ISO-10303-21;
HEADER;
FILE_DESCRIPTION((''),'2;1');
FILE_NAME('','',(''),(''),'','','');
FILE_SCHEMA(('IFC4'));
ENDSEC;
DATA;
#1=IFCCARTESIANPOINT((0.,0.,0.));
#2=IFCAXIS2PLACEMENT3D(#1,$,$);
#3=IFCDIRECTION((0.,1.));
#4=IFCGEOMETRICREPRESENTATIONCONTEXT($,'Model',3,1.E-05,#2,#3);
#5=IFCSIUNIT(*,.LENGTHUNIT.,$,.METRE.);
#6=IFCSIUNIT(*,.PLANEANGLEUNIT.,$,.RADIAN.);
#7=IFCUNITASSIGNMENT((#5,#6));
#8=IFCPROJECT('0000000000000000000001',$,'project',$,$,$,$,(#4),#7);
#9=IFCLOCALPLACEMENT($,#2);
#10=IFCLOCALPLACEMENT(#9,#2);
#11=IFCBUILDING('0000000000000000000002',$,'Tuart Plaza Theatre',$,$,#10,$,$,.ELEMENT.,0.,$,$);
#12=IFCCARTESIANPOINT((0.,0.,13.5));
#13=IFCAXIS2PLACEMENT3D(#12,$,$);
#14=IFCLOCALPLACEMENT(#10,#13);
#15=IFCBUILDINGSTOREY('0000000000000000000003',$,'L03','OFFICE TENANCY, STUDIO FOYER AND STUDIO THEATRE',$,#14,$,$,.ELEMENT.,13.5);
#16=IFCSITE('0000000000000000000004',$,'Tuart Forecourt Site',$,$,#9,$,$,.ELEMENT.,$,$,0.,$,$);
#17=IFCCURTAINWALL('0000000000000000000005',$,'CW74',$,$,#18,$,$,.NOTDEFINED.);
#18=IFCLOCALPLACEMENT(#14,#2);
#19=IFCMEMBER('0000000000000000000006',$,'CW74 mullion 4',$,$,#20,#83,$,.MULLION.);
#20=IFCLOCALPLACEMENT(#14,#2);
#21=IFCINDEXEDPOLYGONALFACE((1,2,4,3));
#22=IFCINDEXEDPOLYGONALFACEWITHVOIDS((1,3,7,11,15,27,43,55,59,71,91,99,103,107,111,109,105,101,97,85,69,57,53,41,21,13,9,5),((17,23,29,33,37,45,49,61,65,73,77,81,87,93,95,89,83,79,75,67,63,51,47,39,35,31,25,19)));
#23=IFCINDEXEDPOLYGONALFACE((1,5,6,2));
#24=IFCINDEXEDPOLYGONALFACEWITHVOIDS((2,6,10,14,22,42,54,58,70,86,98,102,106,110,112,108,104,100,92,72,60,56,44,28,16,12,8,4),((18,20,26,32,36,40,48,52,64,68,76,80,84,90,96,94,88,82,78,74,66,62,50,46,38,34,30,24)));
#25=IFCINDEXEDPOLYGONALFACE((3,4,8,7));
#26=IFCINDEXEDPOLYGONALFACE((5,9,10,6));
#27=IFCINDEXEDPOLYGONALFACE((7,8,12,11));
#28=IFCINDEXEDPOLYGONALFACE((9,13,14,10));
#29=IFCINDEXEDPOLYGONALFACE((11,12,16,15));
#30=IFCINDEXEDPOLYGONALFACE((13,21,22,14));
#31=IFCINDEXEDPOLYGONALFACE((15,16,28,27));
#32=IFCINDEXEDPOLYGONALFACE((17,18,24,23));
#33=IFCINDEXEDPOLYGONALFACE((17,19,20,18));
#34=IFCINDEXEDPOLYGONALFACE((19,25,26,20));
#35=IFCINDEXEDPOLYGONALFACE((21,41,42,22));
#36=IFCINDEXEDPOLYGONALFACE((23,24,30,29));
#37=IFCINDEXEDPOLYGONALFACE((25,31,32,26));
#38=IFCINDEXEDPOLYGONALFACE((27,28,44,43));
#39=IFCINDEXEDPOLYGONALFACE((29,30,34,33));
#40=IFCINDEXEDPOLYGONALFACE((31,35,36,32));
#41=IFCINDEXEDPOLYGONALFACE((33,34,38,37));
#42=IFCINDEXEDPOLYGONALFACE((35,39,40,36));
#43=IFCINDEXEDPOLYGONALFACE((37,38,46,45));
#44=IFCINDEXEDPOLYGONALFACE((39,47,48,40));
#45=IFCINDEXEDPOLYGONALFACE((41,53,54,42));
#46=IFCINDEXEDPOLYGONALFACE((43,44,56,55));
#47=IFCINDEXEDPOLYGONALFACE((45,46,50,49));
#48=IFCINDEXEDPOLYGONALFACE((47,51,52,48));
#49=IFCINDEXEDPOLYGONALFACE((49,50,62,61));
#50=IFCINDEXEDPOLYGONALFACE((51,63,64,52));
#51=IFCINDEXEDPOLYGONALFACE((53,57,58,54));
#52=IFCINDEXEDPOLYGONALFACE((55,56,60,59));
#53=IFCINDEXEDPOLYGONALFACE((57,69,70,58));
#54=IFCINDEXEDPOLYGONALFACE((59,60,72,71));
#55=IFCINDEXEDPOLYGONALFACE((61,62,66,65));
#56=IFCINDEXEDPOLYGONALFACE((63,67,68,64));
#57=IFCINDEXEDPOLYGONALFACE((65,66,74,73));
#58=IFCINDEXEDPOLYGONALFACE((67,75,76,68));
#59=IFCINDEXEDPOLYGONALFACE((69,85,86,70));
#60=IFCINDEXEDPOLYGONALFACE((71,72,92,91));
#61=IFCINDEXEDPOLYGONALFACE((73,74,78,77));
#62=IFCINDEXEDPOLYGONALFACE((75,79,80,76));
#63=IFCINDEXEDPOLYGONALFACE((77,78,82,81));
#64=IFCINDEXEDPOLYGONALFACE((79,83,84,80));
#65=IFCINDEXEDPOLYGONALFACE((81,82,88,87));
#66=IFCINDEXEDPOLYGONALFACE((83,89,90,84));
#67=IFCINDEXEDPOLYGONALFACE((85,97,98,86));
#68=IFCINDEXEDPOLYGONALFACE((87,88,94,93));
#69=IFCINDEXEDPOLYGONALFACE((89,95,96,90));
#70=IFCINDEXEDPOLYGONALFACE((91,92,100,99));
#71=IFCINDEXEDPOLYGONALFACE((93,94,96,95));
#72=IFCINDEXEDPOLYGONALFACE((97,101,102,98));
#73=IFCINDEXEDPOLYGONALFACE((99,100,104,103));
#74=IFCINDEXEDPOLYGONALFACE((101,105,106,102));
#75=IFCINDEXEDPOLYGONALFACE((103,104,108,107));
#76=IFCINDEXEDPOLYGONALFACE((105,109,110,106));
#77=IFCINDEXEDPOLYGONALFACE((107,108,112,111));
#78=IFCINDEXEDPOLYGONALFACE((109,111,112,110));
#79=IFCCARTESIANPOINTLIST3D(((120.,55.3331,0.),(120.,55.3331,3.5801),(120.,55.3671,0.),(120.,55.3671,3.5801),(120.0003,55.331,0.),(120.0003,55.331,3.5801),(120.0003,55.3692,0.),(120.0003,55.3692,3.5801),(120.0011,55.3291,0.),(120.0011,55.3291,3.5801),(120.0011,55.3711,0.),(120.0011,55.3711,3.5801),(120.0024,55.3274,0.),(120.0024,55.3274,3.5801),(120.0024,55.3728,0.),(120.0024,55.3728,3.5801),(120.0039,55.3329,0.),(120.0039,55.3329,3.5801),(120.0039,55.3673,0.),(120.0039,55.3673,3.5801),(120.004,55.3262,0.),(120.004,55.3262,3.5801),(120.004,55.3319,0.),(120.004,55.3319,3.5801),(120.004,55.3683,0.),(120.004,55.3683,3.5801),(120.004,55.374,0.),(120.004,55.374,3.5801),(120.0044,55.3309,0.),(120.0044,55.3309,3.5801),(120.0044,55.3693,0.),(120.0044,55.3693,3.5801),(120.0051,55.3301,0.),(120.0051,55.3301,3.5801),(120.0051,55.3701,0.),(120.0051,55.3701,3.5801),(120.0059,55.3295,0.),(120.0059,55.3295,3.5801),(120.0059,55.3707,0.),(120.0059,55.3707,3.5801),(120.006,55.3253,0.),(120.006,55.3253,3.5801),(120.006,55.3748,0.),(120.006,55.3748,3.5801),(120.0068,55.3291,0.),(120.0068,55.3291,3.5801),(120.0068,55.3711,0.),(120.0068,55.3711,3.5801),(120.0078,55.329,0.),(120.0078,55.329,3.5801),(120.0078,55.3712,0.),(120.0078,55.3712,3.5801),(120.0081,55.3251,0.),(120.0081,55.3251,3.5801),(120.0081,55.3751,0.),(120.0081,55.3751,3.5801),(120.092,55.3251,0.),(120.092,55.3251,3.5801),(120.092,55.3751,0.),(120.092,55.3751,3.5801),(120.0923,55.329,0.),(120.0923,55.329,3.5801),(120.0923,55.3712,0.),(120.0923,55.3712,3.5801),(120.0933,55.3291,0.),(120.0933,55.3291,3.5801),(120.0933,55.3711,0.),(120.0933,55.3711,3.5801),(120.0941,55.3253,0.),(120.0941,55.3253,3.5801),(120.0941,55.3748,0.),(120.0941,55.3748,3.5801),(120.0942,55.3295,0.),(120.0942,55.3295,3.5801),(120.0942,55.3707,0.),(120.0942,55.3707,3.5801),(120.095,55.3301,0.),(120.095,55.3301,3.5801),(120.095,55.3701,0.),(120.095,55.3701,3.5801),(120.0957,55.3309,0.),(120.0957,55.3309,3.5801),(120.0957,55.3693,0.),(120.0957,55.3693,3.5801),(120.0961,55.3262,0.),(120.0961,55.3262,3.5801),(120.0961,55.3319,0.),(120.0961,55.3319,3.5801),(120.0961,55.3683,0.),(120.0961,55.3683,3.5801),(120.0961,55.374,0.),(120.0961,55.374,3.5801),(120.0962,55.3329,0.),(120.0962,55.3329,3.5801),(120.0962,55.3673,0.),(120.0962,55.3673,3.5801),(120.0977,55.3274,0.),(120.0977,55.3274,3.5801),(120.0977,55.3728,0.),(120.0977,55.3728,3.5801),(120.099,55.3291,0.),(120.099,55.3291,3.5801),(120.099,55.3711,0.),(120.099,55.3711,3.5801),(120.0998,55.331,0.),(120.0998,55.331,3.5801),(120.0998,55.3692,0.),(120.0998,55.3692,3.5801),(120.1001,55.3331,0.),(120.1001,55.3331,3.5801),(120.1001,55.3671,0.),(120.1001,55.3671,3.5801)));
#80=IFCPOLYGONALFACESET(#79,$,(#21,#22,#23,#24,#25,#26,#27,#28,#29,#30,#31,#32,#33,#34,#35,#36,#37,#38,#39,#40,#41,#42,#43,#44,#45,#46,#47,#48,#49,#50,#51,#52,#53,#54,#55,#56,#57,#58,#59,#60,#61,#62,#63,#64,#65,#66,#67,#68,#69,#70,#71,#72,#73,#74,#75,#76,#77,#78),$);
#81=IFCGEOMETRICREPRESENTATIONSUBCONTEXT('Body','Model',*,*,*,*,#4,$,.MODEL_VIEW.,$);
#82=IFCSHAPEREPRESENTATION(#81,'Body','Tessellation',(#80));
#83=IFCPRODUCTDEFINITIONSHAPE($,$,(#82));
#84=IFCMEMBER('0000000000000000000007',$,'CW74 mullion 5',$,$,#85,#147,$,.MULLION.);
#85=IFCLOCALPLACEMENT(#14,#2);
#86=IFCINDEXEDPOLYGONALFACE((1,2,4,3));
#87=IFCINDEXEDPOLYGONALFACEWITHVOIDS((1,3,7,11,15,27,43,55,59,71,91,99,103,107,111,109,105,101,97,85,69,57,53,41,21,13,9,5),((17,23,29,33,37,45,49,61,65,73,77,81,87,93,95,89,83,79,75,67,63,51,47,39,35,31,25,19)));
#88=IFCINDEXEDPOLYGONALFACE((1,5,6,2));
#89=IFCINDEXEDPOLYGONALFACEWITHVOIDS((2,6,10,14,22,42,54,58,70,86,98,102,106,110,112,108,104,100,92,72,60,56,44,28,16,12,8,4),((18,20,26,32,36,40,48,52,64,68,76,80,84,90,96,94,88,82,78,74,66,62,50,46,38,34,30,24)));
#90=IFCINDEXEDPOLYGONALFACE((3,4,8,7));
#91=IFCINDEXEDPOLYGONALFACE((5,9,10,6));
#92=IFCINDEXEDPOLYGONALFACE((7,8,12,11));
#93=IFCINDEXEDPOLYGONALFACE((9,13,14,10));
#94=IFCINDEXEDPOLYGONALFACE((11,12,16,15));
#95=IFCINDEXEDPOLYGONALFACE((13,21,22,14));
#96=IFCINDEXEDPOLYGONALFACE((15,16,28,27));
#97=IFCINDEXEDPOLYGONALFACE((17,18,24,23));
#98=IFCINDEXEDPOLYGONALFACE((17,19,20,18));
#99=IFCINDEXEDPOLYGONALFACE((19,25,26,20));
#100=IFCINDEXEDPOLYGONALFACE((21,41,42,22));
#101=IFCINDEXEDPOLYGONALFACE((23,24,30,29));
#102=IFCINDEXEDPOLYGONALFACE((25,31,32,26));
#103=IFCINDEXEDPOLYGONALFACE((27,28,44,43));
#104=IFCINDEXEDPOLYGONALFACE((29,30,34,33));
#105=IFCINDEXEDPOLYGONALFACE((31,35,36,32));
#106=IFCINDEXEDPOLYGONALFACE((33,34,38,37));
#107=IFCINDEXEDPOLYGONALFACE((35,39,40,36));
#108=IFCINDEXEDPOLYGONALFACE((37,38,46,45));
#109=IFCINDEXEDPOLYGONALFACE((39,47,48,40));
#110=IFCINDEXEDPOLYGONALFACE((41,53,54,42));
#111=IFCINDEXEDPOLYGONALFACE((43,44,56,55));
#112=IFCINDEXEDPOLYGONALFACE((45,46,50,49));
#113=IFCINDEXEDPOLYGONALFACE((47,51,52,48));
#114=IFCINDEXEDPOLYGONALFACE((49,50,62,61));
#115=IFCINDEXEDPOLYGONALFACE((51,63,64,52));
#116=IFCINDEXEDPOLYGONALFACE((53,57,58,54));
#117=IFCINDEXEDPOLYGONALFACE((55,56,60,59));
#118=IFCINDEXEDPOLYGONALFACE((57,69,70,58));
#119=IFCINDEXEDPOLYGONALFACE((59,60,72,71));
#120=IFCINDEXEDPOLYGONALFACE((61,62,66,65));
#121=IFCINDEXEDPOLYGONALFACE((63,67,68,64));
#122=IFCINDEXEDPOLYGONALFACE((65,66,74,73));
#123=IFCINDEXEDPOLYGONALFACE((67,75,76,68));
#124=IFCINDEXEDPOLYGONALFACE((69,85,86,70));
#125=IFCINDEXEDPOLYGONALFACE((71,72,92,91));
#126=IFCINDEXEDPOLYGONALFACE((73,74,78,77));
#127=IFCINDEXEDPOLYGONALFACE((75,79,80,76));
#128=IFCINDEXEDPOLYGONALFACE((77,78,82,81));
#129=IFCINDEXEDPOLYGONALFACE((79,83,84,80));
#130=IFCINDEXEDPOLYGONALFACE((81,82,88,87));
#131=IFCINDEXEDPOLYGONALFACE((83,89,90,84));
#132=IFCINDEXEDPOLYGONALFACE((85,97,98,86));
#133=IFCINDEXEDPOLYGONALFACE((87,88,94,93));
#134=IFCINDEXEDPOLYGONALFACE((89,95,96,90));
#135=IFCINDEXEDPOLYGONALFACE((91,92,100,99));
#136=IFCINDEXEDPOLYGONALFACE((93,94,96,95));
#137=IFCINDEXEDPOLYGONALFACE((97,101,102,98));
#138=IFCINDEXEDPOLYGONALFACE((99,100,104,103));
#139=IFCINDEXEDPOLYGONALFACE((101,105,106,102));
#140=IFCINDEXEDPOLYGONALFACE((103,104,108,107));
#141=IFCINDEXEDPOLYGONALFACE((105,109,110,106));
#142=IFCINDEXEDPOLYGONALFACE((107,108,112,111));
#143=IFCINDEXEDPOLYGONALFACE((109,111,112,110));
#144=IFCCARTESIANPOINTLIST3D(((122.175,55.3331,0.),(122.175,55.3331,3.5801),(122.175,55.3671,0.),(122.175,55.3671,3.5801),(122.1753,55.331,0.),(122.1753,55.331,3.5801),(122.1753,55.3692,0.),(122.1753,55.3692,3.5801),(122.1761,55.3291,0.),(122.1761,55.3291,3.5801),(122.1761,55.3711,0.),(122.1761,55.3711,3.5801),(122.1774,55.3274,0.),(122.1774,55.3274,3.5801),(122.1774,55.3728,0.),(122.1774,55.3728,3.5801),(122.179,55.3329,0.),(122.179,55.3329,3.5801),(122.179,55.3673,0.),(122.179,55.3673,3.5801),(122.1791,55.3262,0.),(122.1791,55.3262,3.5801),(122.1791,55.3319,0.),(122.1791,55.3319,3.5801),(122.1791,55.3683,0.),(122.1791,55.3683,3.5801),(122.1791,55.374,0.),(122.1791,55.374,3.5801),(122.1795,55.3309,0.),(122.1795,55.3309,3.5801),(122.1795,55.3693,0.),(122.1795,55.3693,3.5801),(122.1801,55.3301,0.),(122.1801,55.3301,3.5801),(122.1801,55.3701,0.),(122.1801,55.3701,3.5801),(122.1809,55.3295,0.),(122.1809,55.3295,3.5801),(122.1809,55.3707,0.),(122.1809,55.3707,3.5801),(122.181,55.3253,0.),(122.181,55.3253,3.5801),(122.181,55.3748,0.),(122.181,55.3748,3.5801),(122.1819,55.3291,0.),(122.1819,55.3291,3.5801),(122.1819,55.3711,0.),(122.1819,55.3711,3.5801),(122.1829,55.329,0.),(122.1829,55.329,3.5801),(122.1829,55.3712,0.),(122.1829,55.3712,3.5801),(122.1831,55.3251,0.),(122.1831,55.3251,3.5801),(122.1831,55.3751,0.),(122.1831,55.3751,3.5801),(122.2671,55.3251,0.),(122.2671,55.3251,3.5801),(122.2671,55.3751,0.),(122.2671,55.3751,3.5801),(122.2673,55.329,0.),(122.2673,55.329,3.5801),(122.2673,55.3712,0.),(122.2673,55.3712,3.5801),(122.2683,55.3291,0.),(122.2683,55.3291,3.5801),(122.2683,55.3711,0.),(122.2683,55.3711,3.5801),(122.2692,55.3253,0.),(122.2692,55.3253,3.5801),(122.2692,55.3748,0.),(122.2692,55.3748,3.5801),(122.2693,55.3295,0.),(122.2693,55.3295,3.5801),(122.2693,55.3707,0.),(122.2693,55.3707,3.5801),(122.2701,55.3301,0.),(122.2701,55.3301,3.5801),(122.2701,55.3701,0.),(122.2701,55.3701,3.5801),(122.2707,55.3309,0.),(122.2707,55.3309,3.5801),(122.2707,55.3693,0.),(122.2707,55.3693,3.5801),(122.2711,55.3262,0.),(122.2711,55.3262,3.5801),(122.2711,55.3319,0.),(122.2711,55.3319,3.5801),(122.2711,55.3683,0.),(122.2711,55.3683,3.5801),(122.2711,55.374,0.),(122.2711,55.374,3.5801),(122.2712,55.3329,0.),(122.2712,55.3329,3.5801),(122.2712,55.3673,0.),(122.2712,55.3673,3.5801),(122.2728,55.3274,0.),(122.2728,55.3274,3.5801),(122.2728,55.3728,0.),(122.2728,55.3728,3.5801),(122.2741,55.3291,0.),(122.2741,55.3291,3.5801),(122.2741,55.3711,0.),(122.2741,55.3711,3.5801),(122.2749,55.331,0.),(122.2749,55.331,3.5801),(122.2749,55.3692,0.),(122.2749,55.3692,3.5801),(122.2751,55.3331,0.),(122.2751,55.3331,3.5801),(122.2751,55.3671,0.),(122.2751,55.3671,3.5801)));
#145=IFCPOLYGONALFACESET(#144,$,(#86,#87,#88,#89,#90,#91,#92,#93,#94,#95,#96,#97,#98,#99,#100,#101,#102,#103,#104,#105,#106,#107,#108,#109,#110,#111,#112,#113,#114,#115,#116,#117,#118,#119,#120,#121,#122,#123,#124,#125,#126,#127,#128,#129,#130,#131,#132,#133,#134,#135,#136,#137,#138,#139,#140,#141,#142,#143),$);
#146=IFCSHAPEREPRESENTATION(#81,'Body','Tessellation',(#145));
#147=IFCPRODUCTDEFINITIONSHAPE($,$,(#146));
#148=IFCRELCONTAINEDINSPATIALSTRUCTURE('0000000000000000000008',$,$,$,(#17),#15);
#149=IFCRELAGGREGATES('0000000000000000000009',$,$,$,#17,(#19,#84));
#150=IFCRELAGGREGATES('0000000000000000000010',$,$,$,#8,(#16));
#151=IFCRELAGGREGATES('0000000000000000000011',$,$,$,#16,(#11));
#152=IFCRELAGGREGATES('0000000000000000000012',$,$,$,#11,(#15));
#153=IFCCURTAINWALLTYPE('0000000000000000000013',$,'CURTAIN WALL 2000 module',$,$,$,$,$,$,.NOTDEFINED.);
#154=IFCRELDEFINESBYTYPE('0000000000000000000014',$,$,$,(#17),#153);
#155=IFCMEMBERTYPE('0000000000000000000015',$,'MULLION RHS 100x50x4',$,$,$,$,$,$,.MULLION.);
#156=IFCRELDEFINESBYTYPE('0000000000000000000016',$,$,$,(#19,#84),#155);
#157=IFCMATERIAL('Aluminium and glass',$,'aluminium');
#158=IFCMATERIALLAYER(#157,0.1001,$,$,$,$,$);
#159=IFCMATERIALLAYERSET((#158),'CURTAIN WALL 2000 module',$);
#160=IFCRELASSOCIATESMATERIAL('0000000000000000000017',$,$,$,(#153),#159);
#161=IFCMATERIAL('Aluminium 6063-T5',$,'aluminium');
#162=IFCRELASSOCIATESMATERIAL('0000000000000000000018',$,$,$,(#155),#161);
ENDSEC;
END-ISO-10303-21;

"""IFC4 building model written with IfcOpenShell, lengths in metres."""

from ifc_helpers import new_model, si_unit, direction, frame, origin, origin_2d, place, context, subcontext, project, spatial, hollow_rectangle, extrude, material, layer, layer_set, material_profile, profile_set, type_object, element, aggregate, save


model = new_model("IFC4")

# Units and contexts
model_context = context("Model", 3, precision=1e-05, world=origin(), true_north=direction((0.0, 1.0)))
body_context = subcontext(model_context, "Body", "Model", "MODEL_VIEW")
ifc_project = project(units=[si_unit("LENGTHUNIT", "METRE"), si_unit("PLANEANGLEUNIT", "RADIAN")], contexts=[model_context])

# Site, building, storey
site_placement = place(None, origin())
site = spatial("IfcSite", under=ifc_project, at=site_placement, Name="Tuart Forecourt Site", CompositionType="ELEMENT", RefElevation=0.0)
building_placement = place(site_placement, origin())
building = spatial("IfcBuilding", under=site, at=building_placement, Name="Tuart Plaza Theatre", CompositionType="ELEMENT", ElevationOfRefHeight=0.0)
storey_placement = place(building_placement, frame((0.0, 0.0, 13.5)))
storey = spatial("IfcBuildingStorey", under=building, at=storey_placement, Name="L03", Description="OFFICE TENANCY, STUDIO FOYER AND STUDIO THEATRE", CompositionType="ELEMENT", Elevation=13.5)

# Shared definitions
ifc_material_1 = material(Name="Aluminium and glass", Category="aluminium")
ifc_layer_1 = layer(ifc_material_1, 0.1001)
ifc_layer_set_1 = layer_set([ifc_layer_1], Name="CURTAIN WALL 2000 module")
curtain_wall_type = type_object("IfcCurtainWallType", Name="CURTAIN WALL 2000 module", PredefinedType="NOTDEFINED", material=ifc_layer_set_1)
ifc_material_2 = material(Name="Aluminium 6063-T5", Category="aluminium")
ifc_material_profile_1 = material_profile(ifc_material_2, hollow_rectangle(XDim=0.05, YDim=0.1001, WallThickness=0.0039, InnerFilletRadius=0.0039, OuterFilletRadius=0.0081, at=origin_2d()), Name="RHS 100x50x4")
ifc_profile_set_1 = profile_set([ifc_material_profile_1], Name="Aluminium 6063-T5")
member_type_1 = type_object("IfcMemberType", Name="MULLION RHS 100x50x4", PredefinedType="MULLION", material=ifc_profile_set_1)

# Curtain wall, members
curtain_wall_1_placement = place(storey_placement, origin())
curtain_wall_1 = element("IfcCurtainWall", 1, at=curtain_wall_1_placement, inside=storey, type_object=curtain_wall_type, Name="CW74", PredefinedType="NOTDEFINED")
member_1_placement = place(storey_placement, frame((120.05, 55.3501, 0.0), z_axis=(0.0, 0.0, 1.0), x_axis=(0.0, 1.0, 0.0)))
member_1 = element("IfcMember", 2, at=member_1_placement, type_object=member_type_1, Name="CW74 mullion 4", PredefinedType="MULLION", context=body_context, shape_type="SweptSolid", body=[
    extrude(hollow_rectangle(XDim=0.05, YDim=0.1001, WallThickness=0.0039, InnerFilletRadius=0.0039, OuterFilletRadius=0.0081, at=origin_2d()), origin(), (0.0, 0.0, 1.0), 3.5801),
])
member_2_placement = place(storey_placement, frame((122.2251, 55.3501, 0.0), z_axis=(0.0, 0.0, 1.0), x_axis=(0.0, 1.0, 0.0)))
member_2 = element("IfcMember", 3, at=member_2_placement, type_object=member_type_1, Name="CW74 mullion 5", PredefinedType="MULLION", context=body_context, shape_type="SweptSolid", body=[
    extrude(hollow_rectangle(XDim=0.05, YDim=0.1001, WallThickness=0.0039, InnerFilletRadius=0.0039, OuterFilletRadius=0.0081, at=origin_2d()), origin(), (0.0, 0.0, 1.0), 3.5801),
])

aggregate(curtain_wall_1, [member_1, member_2])

save(model, "model.ifc")
